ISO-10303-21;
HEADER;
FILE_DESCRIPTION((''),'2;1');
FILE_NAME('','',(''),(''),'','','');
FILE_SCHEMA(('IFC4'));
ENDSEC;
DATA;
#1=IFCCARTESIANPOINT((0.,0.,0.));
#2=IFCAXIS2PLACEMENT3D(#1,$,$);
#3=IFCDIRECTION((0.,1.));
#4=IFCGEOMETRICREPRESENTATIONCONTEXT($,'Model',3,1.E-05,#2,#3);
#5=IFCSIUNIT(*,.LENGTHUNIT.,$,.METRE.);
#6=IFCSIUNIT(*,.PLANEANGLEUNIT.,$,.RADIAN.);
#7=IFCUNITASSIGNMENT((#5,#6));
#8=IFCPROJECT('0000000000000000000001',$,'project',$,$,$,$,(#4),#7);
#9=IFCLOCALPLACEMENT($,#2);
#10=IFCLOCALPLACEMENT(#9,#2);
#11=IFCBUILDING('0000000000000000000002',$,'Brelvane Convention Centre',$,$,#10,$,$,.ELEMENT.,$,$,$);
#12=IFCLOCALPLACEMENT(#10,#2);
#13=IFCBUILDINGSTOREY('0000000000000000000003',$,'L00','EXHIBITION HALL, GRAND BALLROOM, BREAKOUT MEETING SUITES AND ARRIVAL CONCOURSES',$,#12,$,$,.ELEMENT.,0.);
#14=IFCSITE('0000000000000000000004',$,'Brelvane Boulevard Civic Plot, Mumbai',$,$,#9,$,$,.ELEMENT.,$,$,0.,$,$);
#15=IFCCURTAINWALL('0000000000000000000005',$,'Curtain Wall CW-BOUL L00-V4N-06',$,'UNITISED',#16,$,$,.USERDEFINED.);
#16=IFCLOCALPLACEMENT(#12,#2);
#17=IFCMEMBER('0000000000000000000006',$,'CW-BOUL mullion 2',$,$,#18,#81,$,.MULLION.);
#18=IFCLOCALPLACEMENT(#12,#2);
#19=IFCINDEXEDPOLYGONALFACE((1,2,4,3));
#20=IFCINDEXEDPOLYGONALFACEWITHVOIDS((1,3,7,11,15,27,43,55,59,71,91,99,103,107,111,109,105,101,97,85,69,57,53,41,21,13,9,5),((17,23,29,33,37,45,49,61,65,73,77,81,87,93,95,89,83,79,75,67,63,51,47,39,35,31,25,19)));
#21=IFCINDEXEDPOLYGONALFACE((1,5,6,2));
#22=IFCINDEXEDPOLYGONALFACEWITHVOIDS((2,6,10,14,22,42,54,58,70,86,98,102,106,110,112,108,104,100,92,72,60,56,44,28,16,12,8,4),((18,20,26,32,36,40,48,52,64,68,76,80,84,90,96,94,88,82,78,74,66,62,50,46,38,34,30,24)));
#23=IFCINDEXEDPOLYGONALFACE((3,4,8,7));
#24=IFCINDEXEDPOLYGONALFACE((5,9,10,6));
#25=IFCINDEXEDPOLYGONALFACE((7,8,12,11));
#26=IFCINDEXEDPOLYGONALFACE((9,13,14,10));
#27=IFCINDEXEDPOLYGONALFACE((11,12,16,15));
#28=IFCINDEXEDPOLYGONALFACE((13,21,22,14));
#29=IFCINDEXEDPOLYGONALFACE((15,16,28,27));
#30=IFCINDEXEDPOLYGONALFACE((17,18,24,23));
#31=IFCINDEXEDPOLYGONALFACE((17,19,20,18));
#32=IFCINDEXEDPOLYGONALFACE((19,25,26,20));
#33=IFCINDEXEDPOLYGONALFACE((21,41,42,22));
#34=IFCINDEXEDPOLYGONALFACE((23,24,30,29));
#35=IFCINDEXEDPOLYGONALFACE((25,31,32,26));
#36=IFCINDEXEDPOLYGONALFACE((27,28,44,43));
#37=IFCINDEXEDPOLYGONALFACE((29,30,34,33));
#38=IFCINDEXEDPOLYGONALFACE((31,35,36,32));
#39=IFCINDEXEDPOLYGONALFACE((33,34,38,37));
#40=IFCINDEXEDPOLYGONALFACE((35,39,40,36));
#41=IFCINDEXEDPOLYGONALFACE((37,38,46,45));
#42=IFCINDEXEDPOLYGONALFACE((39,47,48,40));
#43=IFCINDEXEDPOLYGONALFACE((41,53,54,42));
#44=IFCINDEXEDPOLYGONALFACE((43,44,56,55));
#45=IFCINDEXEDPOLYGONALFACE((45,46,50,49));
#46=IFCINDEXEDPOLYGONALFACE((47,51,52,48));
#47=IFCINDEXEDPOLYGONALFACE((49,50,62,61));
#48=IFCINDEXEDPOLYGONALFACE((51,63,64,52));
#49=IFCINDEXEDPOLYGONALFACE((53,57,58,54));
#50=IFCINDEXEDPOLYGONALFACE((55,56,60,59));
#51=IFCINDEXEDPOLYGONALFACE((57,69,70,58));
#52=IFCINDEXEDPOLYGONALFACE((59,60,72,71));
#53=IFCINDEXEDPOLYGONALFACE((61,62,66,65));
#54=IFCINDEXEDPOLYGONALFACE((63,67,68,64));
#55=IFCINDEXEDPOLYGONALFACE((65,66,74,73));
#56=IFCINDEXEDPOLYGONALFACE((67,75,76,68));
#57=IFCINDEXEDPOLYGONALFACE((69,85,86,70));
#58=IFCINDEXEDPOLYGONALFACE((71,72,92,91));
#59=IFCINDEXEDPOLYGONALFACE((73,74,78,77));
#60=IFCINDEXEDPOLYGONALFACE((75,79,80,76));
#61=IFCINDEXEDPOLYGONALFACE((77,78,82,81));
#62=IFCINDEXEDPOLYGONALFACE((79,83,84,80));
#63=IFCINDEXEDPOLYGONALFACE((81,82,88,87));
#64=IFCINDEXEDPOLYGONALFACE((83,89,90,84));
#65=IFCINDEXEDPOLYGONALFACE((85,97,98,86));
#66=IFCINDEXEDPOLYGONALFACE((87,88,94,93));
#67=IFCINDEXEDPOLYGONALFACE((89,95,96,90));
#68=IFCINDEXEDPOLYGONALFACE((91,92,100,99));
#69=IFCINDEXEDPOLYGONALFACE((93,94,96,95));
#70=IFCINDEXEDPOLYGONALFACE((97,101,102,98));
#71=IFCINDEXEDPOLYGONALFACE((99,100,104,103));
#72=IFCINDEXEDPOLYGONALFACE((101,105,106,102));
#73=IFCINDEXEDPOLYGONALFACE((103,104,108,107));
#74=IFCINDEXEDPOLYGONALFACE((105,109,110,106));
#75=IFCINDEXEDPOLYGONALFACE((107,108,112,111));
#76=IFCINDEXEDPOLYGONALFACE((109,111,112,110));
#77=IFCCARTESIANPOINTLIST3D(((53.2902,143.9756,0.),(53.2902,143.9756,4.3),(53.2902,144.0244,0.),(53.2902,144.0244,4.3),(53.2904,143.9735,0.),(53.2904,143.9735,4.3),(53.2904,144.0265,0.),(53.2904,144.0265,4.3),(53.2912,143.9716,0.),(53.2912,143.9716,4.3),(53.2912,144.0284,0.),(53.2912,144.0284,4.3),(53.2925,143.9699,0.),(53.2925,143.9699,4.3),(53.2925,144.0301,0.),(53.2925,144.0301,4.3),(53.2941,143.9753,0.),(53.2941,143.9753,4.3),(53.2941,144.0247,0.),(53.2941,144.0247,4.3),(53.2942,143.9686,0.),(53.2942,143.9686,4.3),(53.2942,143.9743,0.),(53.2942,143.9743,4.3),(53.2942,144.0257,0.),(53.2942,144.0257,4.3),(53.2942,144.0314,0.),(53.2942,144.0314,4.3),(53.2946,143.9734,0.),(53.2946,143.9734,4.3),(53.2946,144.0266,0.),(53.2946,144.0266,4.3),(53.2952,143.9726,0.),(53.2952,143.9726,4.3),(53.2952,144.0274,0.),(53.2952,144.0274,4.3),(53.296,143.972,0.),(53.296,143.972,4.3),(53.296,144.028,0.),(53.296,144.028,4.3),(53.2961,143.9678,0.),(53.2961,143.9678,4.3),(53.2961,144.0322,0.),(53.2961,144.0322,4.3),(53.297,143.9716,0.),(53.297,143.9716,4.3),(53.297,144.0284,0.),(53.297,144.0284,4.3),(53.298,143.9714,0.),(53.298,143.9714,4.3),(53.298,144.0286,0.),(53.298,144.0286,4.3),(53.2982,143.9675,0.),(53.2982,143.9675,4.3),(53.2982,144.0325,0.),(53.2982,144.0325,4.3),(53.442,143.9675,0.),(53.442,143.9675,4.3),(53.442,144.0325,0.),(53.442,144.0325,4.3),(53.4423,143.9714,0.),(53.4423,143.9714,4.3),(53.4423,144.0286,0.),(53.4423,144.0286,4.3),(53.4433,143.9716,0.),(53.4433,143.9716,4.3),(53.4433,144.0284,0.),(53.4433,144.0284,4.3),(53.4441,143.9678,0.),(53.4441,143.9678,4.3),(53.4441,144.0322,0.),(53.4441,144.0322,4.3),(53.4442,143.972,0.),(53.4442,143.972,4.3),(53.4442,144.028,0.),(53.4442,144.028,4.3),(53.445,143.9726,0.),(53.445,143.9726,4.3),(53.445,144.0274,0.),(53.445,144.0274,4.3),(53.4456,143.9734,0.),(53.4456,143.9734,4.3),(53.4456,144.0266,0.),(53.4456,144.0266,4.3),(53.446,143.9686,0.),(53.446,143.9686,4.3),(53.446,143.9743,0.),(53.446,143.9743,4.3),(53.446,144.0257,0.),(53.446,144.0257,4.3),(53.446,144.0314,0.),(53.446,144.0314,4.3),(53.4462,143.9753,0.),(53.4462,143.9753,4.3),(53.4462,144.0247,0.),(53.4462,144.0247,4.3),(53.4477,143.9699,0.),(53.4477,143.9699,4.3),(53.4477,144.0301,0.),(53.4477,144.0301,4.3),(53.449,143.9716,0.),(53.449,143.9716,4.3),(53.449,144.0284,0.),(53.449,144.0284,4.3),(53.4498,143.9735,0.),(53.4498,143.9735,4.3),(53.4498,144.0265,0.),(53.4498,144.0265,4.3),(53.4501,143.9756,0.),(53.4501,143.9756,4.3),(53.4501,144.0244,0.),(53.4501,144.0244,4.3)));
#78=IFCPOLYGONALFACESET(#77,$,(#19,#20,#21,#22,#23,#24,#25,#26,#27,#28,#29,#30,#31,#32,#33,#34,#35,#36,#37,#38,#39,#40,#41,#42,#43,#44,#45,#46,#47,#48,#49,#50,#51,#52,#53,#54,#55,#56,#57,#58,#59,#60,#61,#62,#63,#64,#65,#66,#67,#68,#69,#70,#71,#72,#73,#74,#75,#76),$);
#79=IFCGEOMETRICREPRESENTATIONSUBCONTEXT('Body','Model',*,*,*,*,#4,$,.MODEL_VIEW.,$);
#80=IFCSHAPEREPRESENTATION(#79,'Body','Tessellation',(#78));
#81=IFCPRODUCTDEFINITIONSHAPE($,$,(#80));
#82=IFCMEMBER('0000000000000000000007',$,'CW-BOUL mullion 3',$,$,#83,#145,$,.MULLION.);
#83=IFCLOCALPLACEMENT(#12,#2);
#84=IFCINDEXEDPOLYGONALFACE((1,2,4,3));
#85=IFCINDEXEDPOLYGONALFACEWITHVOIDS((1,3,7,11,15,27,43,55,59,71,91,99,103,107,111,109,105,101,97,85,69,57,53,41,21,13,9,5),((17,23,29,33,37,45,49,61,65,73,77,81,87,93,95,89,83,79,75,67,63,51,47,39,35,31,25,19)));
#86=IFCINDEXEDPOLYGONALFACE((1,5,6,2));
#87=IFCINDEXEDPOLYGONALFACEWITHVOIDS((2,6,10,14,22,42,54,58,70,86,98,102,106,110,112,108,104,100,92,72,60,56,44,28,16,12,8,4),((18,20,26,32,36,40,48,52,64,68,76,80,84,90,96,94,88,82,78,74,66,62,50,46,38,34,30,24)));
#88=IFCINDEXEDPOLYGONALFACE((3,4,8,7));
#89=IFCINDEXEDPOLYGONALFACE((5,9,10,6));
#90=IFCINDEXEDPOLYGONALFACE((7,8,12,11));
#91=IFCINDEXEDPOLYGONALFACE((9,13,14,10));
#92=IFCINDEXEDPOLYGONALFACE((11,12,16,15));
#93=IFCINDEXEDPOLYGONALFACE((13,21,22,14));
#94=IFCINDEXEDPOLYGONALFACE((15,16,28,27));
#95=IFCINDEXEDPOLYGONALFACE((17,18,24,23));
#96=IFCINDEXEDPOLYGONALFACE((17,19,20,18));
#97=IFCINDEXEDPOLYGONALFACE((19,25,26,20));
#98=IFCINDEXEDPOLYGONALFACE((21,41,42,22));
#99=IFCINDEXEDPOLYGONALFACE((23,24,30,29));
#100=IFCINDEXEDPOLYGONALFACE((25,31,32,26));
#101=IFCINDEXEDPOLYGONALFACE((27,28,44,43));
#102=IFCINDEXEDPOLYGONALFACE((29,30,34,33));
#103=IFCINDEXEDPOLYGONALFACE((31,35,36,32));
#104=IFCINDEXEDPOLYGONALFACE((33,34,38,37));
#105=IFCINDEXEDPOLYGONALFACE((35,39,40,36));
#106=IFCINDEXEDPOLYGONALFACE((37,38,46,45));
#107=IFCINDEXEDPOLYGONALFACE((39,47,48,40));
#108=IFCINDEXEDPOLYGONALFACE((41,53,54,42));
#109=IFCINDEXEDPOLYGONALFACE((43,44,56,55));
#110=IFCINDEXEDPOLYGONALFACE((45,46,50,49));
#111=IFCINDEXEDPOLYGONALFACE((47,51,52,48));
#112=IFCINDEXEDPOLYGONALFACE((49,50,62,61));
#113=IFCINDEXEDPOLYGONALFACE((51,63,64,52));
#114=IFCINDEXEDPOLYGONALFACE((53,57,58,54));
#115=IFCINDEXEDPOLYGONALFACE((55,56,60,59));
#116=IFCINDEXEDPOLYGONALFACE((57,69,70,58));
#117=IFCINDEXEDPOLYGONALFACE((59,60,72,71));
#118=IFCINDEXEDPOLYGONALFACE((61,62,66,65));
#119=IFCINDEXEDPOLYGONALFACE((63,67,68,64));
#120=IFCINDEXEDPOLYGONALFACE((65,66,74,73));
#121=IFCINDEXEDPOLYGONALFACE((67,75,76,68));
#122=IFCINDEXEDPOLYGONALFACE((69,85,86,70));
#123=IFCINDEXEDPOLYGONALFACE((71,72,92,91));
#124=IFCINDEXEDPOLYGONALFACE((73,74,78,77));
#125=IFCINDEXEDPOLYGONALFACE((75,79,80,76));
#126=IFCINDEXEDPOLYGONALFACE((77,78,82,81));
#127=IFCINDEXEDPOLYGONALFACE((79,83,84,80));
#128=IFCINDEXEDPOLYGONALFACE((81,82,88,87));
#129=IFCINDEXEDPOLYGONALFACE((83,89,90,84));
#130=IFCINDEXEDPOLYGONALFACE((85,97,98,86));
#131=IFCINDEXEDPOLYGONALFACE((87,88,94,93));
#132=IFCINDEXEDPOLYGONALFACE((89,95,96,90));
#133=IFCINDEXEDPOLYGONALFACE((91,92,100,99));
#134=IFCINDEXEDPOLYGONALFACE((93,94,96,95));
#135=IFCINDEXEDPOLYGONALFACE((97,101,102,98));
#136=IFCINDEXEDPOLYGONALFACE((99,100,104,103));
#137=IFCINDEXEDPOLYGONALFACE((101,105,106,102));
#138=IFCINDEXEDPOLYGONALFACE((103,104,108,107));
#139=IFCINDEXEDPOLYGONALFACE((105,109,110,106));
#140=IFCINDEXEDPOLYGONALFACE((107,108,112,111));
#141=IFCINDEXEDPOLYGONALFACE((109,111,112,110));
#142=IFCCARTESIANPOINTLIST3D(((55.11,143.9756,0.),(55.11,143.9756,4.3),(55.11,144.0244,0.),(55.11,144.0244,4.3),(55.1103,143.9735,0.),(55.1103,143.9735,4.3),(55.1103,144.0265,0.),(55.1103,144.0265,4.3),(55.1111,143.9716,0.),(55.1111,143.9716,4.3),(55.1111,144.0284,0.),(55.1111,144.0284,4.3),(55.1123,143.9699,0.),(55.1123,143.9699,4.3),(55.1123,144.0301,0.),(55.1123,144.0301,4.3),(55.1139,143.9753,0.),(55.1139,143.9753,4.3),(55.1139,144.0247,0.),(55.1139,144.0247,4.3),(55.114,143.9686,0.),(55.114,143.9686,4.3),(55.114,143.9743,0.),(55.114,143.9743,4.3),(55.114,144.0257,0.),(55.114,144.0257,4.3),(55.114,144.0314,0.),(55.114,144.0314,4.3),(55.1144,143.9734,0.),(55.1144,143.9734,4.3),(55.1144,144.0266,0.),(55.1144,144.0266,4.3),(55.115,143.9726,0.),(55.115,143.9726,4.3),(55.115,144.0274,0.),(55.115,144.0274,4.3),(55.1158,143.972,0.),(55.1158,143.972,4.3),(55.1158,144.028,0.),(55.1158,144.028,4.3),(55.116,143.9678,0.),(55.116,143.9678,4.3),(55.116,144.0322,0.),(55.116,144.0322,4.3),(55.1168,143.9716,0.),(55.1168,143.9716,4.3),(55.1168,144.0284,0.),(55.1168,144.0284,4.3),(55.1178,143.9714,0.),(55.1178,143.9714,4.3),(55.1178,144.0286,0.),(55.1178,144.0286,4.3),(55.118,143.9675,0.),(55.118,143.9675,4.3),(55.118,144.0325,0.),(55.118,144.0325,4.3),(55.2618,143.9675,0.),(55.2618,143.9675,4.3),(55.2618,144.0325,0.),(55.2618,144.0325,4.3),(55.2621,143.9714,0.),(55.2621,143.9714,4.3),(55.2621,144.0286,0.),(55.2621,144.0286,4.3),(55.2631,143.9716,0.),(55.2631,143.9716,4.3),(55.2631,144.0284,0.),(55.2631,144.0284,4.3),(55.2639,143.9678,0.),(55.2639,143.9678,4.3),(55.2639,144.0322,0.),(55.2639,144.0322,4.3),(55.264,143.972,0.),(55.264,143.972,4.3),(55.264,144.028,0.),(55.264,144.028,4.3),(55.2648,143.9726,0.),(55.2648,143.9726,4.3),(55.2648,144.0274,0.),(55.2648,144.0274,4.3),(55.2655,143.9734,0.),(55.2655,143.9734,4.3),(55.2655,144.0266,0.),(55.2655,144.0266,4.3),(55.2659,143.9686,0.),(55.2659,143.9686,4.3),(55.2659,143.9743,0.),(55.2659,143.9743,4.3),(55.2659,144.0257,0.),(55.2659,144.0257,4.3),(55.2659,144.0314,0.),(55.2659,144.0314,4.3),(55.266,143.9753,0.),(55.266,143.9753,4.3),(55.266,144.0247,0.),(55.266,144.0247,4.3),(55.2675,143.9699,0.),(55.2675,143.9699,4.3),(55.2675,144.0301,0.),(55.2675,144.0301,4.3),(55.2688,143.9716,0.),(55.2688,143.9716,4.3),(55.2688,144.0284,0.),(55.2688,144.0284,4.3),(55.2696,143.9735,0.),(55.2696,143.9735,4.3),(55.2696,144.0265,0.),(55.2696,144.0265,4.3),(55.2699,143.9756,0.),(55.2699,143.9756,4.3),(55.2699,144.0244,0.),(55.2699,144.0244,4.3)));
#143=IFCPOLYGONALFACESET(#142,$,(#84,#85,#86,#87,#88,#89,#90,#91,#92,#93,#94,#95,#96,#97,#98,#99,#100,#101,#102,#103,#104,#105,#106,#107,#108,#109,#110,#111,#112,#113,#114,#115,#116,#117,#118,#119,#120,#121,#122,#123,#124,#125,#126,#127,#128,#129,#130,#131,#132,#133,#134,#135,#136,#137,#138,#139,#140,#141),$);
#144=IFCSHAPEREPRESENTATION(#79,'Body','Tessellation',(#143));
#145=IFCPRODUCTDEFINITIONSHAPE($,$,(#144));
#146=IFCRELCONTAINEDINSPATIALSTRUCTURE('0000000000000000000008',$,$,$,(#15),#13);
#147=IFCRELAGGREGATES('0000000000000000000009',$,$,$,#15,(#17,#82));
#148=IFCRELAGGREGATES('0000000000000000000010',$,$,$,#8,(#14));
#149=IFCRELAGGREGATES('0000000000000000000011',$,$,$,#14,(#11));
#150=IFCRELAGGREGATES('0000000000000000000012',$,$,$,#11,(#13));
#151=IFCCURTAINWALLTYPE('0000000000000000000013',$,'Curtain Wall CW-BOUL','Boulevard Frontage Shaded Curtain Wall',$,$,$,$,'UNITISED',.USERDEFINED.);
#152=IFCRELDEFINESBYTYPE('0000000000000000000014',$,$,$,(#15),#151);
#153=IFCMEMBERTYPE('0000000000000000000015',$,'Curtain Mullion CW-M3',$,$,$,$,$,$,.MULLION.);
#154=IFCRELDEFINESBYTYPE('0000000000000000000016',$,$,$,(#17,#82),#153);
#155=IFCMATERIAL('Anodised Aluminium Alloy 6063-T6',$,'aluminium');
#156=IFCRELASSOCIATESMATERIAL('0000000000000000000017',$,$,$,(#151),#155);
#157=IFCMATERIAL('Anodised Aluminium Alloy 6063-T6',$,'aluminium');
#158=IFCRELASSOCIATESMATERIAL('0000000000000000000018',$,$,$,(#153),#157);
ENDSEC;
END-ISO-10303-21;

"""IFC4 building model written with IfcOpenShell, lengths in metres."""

from ifc_helpers import new_model, si_unit, direction, frame, origin, origin_2d, place, context, subcontext, project, spatial, hollow_rectangle, extrude, material, material_profile, profile_set, type_object, element, aggregate, save


model = new_model("IFC4")

# Units and contexts
model_context = context("Model", 3, precision=1e-05, world=origin(), true_north=direction((0.0, 1.0)))
body_context = subcontext(model_context, "Body", "Model", "MODEL_VIEW")
ifc_project = project(units=[si_unit("LENGTHUNIT", "METRE"), si_unit("PLANEANGLEUNIT", "RADIAN")], contexts=[model_context])

# Site, building, storey
site_placement = place(None, origin())
site = spatial("IfcSite", under=ifc_project, at=site_placement, Name="Brelvane Boulevard Civic Plot, Mumbai", CompositionType="ELEMENT", RefElevation=0.0)
building_placement = place(site_placement, origin())
building = spatial("IfcBuilding", under=site, at=building_placement, Name="Brelvane Convention Centre", CompositionType="ELEMENT")
storey_placement = place(building_placement, origin())
storey = spatial("IfcBuildingStorey", under=building, at=storey_placement, Name="L00", Description="EXHIBITION HALL, GRAND BALLROOM, BREAKOUT MEETING SUITES AND ARRIVAL CONCOURSES", CompositionType="ELEMENT", Elevation=0.0)

# Curtain wall, members
ifc_material_1 = material(Name="Anodised Aluminium Alloy 6063-T6", Category="aluminium")
curtain_wall_type = type_object("IfcCurtainWallType", Name="Curtain Wall CW-BOUL", Description="Boulevard Frontage Shaded Curtain Wall", ElementType="UNITISED", PredefinedType="USERDEFINED", material=ifc_material_1)
curtain_wall_placement = place(storey_placement, origin())
curtain_wall = element("IfcCurtainWall", 1, at=curtain_wall_placement, inside=storey, type_object=curtain_wall_type, Name="Curtain Wall CW-BOUL L00-V4N-06", ObjectType="UNITISED", PredefinedType="USERDEFINED")
ifc_material_2 = material(Name="Anodised Aluminium Alloy 6063-T6", Category="aluminium")
ifc_material_profile_1 = material_profile(ifc_material_2, hollow_rectangle(XDim=0.0649, YDim=0.1599, WallThickness=0.0039, InnerFilletRadius=0.0039, OuterFilletRadius=0.0081, at=origin_2d()), Name="ALU-M 160x65x4.0")
ifc_profile_set_1 = profile_set([ifc_material_profile_1], Name="Anodised Aluminium Alloy 6063-T6")
member_type_1 = type_object("IfcMemberType", Name="Curtain Mullion CW-M3", PredefinedType="MULLION", material=ifc_profile_set_1)
member_1_placement = place(storey_placement, frame((53.3701, 144.0, 0.0), z_axis=(0.0, 0.0, 1.0), x_axis=(0.0, 1.0, 0.0)))
member_1 = element("IfcMember", 2, at=member_1_placement, type_object=member_type_1, Name="CW-BOUL mullion 2", PredefinedType="MULLION", context=body_context, shape_type="SweptSolid", body=[
    extrude(hollow_rectangle(XDim=0.0649, YDim=0.1599, WallThickness=0.0039, InnerFilletRadius=0.0039, OuterFilletRadius=0.0081, at=origin_2d()), origin(), (0.0, 0.0, 1.0), 4.3),
])
member_2_placement = place(storey_placement, frame((55.1899, 144.0, 0.0), z_axis=(0.0, 0.0, 1.0), x_axis=(0.0, 1.0, 0.0)))
member_2 = element("IfcMember", 3, at=member_2_placement, type_object=member_type_1, Name="CW-BOUL mullion 3", PredefinedType="MULLION", context=body_context, shape_type="SweptSolid", body=[
    extrude(hollow_rectangle(XDim=0.0649, YDim=0.1599, WallThickness=0.0039, InnerFilletRadius=0.0039, OuterFilletRadius=0.0081, at=origin_2d()), origin(), (0.0, 0.0, 1.0), 4.3),
])
aggregate(curtain_wall, [member_1, member_2])

save(model, "model.ifc")
